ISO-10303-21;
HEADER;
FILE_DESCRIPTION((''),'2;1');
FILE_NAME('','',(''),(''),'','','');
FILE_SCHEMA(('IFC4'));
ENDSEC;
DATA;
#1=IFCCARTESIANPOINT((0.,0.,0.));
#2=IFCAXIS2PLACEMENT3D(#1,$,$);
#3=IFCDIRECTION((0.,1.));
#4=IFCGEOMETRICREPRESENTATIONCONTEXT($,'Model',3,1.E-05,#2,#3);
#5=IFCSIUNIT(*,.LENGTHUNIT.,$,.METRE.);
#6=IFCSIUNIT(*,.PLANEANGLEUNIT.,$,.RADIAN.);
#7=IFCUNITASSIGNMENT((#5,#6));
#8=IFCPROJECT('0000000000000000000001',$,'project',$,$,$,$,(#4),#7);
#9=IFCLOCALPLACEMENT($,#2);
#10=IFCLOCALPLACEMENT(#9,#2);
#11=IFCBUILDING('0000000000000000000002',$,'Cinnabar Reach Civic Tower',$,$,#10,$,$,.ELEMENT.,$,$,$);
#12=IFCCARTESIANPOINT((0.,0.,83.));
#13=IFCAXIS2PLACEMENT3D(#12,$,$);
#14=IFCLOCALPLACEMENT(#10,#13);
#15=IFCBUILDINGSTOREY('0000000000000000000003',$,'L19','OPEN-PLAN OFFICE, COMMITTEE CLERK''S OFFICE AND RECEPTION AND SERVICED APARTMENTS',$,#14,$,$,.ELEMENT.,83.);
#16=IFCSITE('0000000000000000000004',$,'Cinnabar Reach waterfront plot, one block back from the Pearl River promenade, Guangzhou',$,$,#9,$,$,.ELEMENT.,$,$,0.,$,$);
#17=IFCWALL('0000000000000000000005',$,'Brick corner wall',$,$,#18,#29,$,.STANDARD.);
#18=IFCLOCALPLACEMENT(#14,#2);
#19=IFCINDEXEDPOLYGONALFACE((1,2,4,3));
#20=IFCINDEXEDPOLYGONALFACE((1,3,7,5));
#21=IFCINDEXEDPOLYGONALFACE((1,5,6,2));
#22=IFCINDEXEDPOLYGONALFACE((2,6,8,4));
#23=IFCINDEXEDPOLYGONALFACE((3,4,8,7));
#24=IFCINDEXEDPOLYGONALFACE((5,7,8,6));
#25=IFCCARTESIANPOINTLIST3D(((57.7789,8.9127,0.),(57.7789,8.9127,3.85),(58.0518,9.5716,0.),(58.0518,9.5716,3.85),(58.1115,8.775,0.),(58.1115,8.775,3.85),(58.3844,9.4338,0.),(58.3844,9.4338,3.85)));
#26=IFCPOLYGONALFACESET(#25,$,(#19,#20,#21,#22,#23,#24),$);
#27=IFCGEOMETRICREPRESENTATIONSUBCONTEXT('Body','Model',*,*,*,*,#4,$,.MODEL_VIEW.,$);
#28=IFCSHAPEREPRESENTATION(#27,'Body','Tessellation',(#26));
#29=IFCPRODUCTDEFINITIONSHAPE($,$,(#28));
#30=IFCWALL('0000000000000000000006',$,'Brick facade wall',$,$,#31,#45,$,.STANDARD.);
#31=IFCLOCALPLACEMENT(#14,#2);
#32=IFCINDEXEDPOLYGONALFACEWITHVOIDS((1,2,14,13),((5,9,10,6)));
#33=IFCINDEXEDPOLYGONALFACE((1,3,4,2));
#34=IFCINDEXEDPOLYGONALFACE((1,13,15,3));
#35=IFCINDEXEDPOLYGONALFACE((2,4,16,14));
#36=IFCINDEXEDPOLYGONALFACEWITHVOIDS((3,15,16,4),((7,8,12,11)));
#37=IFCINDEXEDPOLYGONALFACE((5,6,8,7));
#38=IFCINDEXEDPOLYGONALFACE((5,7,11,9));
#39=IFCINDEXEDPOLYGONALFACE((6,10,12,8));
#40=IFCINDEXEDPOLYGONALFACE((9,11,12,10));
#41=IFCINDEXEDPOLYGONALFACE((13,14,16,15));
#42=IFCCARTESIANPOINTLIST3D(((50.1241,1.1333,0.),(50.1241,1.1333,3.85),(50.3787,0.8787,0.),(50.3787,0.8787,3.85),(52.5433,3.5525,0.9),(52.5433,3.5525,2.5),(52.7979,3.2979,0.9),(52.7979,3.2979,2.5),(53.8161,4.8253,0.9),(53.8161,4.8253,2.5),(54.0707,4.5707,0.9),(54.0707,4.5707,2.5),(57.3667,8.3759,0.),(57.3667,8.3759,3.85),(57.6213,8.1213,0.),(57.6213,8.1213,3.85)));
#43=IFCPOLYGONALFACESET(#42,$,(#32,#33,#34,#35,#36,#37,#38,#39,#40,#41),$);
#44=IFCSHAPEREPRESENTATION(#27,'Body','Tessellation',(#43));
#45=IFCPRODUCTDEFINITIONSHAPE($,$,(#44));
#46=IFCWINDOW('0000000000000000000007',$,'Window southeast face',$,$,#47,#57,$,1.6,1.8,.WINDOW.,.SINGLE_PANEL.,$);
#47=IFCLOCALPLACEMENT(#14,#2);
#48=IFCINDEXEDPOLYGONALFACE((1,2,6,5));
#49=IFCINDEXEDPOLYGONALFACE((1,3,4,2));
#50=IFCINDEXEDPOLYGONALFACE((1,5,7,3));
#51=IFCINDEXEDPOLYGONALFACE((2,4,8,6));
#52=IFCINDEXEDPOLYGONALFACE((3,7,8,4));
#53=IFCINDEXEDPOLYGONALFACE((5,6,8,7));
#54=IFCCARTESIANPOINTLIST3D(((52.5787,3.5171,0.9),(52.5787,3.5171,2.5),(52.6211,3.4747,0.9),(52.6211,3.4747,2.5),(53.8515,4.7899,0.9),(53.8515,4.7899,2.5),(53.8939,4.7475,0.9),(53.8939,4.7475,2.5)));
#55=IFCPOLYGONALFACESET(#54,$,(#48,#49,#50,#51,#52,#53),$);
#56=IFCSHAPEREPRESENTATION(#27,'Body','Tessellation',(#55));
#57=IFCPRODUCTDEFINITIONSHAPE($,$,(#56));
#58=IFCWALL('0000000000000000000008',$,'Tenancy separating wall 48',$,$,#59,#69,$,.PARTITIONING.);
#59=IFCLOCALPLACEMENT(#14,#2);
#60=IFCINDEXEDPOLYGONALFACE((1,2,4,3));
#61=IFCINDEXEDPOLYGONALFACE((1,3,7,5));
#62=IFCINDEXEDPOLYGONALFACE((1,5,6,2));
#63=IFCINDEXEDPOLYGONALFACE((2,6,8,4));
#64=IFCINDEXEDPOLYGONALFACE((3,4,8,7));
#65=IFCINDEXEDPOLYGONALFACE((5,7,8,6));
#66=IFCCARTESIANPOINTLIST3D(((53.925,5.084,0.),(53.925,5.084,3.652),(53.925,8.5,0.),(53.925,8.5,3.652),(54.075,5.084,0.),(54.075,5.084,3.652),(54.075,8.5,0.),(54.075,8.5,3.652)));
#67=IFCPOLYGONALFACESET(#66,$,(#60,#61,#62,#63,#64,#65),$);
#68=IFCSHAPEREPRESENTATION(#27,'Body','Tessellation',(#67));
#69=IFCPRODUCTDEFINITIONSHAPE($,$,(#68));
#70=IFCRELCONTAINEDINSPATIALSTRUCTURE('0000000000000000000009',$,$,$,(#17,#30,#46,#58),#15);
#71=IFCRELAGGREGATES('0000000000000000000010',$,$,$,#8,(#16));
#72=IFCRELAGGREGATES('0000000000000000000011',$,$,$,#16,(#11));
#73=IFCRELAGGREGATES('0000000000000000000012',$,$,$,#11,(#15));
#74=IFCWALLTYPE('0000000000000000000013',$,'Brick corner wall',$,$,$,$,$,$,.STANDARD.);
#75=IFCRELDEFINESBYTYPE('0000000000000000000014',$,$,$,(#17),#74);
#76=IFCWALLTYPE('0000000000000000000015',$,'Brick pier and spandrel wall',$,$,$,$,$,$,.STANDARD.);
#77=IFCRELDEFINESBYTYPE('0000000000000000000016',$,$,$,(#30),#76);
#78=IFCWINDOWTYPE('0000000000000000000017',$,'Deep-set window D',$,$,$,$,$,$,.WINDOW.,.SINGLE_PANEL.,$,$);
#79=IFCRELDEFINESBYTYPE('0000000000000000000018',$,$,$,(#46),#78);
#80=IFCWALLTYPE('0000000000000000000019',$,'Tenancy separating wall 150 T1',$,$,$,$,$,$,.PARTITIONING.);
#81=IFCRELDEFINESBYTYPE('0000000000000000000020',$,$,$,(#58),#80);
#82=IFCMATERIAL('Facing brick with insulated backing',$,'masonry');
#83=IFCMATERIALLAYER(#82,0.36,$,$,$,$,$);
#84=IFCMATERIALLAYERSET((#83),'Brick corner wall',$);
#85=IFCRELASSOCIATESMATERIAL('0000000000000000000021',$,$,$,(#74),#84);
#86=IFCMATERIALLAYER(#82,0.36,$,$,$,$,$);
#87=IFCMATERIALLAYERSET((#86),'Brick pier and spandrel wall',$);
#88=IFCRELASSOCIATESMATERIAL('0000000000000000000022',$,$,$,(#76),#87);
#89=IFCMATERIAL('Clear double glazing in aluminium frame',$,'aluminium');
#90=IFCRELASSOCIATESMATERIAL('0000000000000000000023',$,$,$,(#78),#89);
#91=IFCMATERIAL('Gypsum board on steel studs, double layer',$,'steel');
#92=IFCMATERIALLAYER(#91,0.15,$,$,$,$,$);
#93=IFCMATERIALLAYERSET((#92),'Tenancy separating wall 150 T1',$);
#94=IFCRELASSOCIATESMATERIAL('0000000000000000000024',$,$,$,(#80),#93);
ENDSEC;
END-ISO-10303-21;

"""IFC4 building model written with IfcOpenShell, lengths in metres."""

from ifc_helpers import new_model, si_unit, direction, frame, frame_2d, origin, place, context, subcontext, project, spatial, rectangle, extrude, material, layer, layer_set, type_object, element, fill, save


model = new_model("IFC4")

# Units and contexts
model_context = context("Model", 3, precision=1e-05, world=origin(), true_north=direction((0.0, 1.0)))
body_context = subcontext(model_context, "Body", "Model", "MODEL_VIEW")
ifc_project = project(units=[si_unit("LENGTHUNIT", "METRE"), si_unit("PLANEANGLEUNIT", "RADIAN")], contexts=[model_context])

# Site, building, storey
site_placement = place(None, origin())
site = spatial("IfcSite", under=ifc_project, at=site_placement, Name="Cinnabar Reach waterfront plot, one block back from the Pearl River promenade, Guangzhou", CompositionType="ELEMENT", RefElevation=0.0)
building_placement = place(site_placement, origin())
building = spatial("IfcBuilding", under=site, at=building_placement, Name="Cinnabar Reach Civic Tower", CompositionType="ELEMENT")
storey_placement = place(building_placement, frame((0.0, 0.0, 83.0)))
storey = spatial("IfcBuildingStorey", under=building, at=storey_placement, Name="L19", Description="OPEN-PLAN OFFICE, COMMITTEE CLERK'S OFFICE AND RECEPTION AND SERVICED APARTMENTS", CompositionType="ELEMENT", Elevation=83.0)

# Wall
ifc_material_1 = material(Name="Facing brick with insulated backing", Category="masonry")
ifc_layer_1 = layer(ifc_material_1, 0.36)
ifc_layer_set_1 = layer_set([ifc_layer_1], Name="Brick corner wall")
wall_type_1 = type_object("IfcWallType", Name="Brick corner wall", PredefinedType="STANDARD", material=ifc_layer_set_1)
wall_1_placement = place(storey_placement, frame((57.9452, 8.8439, 0.0), z_axis=(0.0, 0.0, 1.0), x_axis=(0.382703, 0.923872, 0.0)))
element("IfcWall", 1, at=wall_1_placement, inside=storey, type_object=wall_type_1, Name="Brick corner wall", PredefinedType="STANDARD", context=body_context, shape_type="SweptSolid", body=[
    extrude(rectangle(XDim=0.7131, YDim=0.36, at=frame_2d((0.3565, 0.0))), origin(), (0.0, 0.0, 1.0), 3.85),
])

# Wall, opening, window
ifc_layer_2 = layer(ifc_material_1, 0.36)
ifc_layer_set_2 = layer_set([ifc_layer_2], Name="Brick pier and spandrel wall")
wall_type_2 = type_object("IfcWallType", Name="Brick pier and spandrel wall", PredefinedType="STANDARD", material=ifc_layer_set_2)
wall_2_placement = place(storey_placement, frame((50.2514, 1.006, 0.0), z_axis=(0.0, 0.0, 1.0), x_axis=(0.707107, 0.707107, 0.0)))
wall_2 = element("IfcWall", 2, at=wall_2_placement, inside=storey, type_object=wall_type_2, Name="Brick facade wall", PredefinedType="STANDARD", context=body_context, shape_type="SweptSolid", body=[
    extrude(rectangle(XDim=10.2426, YDim=0.36, at=frame_2d((5.1213, 0.0))), origin(), (0.0, 0.0, 1.0), 3.85),
])
opening_placement = place(wall_2_placement, frame((3.4213, 0.0, 0.9)))
opening = element("IfcOpeningElement", 3, at=opening_placement, cuts=wall_2, PredefinedType="OPENING", context=body_context, shape_type="SweptSolid", body=[
    extrude(rectangle(XDim=1.8, YDim=1.6, at=frame_2d((0.9, 0.8))), frame((0.0, 0.19, 0.0), z_axis=(0.0, -1.0, 0.0), x_axis=(1.0, 0.0, 0.0)), (0.0, 0.0, 1.0), 0.38),
])
ifc_material_2 = material(Name="Clear double glazing in aluminium frame", Category="aluminium")
window_type = type_object("IfcWindowType", Name="Deep-set window D", PartitioningType="SINGLE_PANEL", PredefinedType="WINDOW", material=ifc_material_2)
window_placement = place(opening_placement, origin())
window = element("IfcWindow", 4, at=window_placement, inside=storey, type_object=window_type, Name="Window southeast face", OverallHeight=1.6, OverallWidth=1.8, PartitioningType="SINGLE_PANEL", PredefinedType="WINDOW", context=body_context, shape_type="SweptSolid", body=[
    extrude(rectangle(XDim=1.8, YDim=1.6, at=frame_2d((0.9, 0.8))), frame((0.0, 0.13, 0.0), z_axis=(0.0, -1.0, 0.0), x_axis=(1.0, 0.0, 0.0)), (0.0, 0.0, 1.0), 0.06),
])
fill(opening, window)

# Wall
ifc_material_3 = material(Name="Gypsum board on steel studs, double layer", Category="steel")
ifc_layer_3 = layer(ifc_material_3, 0.15)
ifc_layer_set_3 = layer_set([ifc_layer_3], Name="Tenancy separating wall 150 T1")
wall_type_3 = type_object("IfcWallType", Name="Tenancy separating wall 150 T1", PredefinedType="PARTITIONING", material=ifc_layer_set_3)
wall_3_placement = place(storey_placement, frame((54.0, 5.084, 0.0), z_axis=(0.0, 0.0, 1.0), x_axis=(0.0, 1.0, 0.0)))
element("IfcWall", 5, at=wall_3_placement, inside=storey, type_object=wall_type_3, Name="Tenancy separating wall 48", PredefinedType="PARTITIONING", context=body_context, shape_type="SweptSolid", body=[
    extrude(rectangle(XDim=3.416, YDim=0.15, at=frame_2d((1.708, 0.0))), origin(), (0.0, 0.0, 1.0), 3.652),
])

save(model, "model.ifc")
